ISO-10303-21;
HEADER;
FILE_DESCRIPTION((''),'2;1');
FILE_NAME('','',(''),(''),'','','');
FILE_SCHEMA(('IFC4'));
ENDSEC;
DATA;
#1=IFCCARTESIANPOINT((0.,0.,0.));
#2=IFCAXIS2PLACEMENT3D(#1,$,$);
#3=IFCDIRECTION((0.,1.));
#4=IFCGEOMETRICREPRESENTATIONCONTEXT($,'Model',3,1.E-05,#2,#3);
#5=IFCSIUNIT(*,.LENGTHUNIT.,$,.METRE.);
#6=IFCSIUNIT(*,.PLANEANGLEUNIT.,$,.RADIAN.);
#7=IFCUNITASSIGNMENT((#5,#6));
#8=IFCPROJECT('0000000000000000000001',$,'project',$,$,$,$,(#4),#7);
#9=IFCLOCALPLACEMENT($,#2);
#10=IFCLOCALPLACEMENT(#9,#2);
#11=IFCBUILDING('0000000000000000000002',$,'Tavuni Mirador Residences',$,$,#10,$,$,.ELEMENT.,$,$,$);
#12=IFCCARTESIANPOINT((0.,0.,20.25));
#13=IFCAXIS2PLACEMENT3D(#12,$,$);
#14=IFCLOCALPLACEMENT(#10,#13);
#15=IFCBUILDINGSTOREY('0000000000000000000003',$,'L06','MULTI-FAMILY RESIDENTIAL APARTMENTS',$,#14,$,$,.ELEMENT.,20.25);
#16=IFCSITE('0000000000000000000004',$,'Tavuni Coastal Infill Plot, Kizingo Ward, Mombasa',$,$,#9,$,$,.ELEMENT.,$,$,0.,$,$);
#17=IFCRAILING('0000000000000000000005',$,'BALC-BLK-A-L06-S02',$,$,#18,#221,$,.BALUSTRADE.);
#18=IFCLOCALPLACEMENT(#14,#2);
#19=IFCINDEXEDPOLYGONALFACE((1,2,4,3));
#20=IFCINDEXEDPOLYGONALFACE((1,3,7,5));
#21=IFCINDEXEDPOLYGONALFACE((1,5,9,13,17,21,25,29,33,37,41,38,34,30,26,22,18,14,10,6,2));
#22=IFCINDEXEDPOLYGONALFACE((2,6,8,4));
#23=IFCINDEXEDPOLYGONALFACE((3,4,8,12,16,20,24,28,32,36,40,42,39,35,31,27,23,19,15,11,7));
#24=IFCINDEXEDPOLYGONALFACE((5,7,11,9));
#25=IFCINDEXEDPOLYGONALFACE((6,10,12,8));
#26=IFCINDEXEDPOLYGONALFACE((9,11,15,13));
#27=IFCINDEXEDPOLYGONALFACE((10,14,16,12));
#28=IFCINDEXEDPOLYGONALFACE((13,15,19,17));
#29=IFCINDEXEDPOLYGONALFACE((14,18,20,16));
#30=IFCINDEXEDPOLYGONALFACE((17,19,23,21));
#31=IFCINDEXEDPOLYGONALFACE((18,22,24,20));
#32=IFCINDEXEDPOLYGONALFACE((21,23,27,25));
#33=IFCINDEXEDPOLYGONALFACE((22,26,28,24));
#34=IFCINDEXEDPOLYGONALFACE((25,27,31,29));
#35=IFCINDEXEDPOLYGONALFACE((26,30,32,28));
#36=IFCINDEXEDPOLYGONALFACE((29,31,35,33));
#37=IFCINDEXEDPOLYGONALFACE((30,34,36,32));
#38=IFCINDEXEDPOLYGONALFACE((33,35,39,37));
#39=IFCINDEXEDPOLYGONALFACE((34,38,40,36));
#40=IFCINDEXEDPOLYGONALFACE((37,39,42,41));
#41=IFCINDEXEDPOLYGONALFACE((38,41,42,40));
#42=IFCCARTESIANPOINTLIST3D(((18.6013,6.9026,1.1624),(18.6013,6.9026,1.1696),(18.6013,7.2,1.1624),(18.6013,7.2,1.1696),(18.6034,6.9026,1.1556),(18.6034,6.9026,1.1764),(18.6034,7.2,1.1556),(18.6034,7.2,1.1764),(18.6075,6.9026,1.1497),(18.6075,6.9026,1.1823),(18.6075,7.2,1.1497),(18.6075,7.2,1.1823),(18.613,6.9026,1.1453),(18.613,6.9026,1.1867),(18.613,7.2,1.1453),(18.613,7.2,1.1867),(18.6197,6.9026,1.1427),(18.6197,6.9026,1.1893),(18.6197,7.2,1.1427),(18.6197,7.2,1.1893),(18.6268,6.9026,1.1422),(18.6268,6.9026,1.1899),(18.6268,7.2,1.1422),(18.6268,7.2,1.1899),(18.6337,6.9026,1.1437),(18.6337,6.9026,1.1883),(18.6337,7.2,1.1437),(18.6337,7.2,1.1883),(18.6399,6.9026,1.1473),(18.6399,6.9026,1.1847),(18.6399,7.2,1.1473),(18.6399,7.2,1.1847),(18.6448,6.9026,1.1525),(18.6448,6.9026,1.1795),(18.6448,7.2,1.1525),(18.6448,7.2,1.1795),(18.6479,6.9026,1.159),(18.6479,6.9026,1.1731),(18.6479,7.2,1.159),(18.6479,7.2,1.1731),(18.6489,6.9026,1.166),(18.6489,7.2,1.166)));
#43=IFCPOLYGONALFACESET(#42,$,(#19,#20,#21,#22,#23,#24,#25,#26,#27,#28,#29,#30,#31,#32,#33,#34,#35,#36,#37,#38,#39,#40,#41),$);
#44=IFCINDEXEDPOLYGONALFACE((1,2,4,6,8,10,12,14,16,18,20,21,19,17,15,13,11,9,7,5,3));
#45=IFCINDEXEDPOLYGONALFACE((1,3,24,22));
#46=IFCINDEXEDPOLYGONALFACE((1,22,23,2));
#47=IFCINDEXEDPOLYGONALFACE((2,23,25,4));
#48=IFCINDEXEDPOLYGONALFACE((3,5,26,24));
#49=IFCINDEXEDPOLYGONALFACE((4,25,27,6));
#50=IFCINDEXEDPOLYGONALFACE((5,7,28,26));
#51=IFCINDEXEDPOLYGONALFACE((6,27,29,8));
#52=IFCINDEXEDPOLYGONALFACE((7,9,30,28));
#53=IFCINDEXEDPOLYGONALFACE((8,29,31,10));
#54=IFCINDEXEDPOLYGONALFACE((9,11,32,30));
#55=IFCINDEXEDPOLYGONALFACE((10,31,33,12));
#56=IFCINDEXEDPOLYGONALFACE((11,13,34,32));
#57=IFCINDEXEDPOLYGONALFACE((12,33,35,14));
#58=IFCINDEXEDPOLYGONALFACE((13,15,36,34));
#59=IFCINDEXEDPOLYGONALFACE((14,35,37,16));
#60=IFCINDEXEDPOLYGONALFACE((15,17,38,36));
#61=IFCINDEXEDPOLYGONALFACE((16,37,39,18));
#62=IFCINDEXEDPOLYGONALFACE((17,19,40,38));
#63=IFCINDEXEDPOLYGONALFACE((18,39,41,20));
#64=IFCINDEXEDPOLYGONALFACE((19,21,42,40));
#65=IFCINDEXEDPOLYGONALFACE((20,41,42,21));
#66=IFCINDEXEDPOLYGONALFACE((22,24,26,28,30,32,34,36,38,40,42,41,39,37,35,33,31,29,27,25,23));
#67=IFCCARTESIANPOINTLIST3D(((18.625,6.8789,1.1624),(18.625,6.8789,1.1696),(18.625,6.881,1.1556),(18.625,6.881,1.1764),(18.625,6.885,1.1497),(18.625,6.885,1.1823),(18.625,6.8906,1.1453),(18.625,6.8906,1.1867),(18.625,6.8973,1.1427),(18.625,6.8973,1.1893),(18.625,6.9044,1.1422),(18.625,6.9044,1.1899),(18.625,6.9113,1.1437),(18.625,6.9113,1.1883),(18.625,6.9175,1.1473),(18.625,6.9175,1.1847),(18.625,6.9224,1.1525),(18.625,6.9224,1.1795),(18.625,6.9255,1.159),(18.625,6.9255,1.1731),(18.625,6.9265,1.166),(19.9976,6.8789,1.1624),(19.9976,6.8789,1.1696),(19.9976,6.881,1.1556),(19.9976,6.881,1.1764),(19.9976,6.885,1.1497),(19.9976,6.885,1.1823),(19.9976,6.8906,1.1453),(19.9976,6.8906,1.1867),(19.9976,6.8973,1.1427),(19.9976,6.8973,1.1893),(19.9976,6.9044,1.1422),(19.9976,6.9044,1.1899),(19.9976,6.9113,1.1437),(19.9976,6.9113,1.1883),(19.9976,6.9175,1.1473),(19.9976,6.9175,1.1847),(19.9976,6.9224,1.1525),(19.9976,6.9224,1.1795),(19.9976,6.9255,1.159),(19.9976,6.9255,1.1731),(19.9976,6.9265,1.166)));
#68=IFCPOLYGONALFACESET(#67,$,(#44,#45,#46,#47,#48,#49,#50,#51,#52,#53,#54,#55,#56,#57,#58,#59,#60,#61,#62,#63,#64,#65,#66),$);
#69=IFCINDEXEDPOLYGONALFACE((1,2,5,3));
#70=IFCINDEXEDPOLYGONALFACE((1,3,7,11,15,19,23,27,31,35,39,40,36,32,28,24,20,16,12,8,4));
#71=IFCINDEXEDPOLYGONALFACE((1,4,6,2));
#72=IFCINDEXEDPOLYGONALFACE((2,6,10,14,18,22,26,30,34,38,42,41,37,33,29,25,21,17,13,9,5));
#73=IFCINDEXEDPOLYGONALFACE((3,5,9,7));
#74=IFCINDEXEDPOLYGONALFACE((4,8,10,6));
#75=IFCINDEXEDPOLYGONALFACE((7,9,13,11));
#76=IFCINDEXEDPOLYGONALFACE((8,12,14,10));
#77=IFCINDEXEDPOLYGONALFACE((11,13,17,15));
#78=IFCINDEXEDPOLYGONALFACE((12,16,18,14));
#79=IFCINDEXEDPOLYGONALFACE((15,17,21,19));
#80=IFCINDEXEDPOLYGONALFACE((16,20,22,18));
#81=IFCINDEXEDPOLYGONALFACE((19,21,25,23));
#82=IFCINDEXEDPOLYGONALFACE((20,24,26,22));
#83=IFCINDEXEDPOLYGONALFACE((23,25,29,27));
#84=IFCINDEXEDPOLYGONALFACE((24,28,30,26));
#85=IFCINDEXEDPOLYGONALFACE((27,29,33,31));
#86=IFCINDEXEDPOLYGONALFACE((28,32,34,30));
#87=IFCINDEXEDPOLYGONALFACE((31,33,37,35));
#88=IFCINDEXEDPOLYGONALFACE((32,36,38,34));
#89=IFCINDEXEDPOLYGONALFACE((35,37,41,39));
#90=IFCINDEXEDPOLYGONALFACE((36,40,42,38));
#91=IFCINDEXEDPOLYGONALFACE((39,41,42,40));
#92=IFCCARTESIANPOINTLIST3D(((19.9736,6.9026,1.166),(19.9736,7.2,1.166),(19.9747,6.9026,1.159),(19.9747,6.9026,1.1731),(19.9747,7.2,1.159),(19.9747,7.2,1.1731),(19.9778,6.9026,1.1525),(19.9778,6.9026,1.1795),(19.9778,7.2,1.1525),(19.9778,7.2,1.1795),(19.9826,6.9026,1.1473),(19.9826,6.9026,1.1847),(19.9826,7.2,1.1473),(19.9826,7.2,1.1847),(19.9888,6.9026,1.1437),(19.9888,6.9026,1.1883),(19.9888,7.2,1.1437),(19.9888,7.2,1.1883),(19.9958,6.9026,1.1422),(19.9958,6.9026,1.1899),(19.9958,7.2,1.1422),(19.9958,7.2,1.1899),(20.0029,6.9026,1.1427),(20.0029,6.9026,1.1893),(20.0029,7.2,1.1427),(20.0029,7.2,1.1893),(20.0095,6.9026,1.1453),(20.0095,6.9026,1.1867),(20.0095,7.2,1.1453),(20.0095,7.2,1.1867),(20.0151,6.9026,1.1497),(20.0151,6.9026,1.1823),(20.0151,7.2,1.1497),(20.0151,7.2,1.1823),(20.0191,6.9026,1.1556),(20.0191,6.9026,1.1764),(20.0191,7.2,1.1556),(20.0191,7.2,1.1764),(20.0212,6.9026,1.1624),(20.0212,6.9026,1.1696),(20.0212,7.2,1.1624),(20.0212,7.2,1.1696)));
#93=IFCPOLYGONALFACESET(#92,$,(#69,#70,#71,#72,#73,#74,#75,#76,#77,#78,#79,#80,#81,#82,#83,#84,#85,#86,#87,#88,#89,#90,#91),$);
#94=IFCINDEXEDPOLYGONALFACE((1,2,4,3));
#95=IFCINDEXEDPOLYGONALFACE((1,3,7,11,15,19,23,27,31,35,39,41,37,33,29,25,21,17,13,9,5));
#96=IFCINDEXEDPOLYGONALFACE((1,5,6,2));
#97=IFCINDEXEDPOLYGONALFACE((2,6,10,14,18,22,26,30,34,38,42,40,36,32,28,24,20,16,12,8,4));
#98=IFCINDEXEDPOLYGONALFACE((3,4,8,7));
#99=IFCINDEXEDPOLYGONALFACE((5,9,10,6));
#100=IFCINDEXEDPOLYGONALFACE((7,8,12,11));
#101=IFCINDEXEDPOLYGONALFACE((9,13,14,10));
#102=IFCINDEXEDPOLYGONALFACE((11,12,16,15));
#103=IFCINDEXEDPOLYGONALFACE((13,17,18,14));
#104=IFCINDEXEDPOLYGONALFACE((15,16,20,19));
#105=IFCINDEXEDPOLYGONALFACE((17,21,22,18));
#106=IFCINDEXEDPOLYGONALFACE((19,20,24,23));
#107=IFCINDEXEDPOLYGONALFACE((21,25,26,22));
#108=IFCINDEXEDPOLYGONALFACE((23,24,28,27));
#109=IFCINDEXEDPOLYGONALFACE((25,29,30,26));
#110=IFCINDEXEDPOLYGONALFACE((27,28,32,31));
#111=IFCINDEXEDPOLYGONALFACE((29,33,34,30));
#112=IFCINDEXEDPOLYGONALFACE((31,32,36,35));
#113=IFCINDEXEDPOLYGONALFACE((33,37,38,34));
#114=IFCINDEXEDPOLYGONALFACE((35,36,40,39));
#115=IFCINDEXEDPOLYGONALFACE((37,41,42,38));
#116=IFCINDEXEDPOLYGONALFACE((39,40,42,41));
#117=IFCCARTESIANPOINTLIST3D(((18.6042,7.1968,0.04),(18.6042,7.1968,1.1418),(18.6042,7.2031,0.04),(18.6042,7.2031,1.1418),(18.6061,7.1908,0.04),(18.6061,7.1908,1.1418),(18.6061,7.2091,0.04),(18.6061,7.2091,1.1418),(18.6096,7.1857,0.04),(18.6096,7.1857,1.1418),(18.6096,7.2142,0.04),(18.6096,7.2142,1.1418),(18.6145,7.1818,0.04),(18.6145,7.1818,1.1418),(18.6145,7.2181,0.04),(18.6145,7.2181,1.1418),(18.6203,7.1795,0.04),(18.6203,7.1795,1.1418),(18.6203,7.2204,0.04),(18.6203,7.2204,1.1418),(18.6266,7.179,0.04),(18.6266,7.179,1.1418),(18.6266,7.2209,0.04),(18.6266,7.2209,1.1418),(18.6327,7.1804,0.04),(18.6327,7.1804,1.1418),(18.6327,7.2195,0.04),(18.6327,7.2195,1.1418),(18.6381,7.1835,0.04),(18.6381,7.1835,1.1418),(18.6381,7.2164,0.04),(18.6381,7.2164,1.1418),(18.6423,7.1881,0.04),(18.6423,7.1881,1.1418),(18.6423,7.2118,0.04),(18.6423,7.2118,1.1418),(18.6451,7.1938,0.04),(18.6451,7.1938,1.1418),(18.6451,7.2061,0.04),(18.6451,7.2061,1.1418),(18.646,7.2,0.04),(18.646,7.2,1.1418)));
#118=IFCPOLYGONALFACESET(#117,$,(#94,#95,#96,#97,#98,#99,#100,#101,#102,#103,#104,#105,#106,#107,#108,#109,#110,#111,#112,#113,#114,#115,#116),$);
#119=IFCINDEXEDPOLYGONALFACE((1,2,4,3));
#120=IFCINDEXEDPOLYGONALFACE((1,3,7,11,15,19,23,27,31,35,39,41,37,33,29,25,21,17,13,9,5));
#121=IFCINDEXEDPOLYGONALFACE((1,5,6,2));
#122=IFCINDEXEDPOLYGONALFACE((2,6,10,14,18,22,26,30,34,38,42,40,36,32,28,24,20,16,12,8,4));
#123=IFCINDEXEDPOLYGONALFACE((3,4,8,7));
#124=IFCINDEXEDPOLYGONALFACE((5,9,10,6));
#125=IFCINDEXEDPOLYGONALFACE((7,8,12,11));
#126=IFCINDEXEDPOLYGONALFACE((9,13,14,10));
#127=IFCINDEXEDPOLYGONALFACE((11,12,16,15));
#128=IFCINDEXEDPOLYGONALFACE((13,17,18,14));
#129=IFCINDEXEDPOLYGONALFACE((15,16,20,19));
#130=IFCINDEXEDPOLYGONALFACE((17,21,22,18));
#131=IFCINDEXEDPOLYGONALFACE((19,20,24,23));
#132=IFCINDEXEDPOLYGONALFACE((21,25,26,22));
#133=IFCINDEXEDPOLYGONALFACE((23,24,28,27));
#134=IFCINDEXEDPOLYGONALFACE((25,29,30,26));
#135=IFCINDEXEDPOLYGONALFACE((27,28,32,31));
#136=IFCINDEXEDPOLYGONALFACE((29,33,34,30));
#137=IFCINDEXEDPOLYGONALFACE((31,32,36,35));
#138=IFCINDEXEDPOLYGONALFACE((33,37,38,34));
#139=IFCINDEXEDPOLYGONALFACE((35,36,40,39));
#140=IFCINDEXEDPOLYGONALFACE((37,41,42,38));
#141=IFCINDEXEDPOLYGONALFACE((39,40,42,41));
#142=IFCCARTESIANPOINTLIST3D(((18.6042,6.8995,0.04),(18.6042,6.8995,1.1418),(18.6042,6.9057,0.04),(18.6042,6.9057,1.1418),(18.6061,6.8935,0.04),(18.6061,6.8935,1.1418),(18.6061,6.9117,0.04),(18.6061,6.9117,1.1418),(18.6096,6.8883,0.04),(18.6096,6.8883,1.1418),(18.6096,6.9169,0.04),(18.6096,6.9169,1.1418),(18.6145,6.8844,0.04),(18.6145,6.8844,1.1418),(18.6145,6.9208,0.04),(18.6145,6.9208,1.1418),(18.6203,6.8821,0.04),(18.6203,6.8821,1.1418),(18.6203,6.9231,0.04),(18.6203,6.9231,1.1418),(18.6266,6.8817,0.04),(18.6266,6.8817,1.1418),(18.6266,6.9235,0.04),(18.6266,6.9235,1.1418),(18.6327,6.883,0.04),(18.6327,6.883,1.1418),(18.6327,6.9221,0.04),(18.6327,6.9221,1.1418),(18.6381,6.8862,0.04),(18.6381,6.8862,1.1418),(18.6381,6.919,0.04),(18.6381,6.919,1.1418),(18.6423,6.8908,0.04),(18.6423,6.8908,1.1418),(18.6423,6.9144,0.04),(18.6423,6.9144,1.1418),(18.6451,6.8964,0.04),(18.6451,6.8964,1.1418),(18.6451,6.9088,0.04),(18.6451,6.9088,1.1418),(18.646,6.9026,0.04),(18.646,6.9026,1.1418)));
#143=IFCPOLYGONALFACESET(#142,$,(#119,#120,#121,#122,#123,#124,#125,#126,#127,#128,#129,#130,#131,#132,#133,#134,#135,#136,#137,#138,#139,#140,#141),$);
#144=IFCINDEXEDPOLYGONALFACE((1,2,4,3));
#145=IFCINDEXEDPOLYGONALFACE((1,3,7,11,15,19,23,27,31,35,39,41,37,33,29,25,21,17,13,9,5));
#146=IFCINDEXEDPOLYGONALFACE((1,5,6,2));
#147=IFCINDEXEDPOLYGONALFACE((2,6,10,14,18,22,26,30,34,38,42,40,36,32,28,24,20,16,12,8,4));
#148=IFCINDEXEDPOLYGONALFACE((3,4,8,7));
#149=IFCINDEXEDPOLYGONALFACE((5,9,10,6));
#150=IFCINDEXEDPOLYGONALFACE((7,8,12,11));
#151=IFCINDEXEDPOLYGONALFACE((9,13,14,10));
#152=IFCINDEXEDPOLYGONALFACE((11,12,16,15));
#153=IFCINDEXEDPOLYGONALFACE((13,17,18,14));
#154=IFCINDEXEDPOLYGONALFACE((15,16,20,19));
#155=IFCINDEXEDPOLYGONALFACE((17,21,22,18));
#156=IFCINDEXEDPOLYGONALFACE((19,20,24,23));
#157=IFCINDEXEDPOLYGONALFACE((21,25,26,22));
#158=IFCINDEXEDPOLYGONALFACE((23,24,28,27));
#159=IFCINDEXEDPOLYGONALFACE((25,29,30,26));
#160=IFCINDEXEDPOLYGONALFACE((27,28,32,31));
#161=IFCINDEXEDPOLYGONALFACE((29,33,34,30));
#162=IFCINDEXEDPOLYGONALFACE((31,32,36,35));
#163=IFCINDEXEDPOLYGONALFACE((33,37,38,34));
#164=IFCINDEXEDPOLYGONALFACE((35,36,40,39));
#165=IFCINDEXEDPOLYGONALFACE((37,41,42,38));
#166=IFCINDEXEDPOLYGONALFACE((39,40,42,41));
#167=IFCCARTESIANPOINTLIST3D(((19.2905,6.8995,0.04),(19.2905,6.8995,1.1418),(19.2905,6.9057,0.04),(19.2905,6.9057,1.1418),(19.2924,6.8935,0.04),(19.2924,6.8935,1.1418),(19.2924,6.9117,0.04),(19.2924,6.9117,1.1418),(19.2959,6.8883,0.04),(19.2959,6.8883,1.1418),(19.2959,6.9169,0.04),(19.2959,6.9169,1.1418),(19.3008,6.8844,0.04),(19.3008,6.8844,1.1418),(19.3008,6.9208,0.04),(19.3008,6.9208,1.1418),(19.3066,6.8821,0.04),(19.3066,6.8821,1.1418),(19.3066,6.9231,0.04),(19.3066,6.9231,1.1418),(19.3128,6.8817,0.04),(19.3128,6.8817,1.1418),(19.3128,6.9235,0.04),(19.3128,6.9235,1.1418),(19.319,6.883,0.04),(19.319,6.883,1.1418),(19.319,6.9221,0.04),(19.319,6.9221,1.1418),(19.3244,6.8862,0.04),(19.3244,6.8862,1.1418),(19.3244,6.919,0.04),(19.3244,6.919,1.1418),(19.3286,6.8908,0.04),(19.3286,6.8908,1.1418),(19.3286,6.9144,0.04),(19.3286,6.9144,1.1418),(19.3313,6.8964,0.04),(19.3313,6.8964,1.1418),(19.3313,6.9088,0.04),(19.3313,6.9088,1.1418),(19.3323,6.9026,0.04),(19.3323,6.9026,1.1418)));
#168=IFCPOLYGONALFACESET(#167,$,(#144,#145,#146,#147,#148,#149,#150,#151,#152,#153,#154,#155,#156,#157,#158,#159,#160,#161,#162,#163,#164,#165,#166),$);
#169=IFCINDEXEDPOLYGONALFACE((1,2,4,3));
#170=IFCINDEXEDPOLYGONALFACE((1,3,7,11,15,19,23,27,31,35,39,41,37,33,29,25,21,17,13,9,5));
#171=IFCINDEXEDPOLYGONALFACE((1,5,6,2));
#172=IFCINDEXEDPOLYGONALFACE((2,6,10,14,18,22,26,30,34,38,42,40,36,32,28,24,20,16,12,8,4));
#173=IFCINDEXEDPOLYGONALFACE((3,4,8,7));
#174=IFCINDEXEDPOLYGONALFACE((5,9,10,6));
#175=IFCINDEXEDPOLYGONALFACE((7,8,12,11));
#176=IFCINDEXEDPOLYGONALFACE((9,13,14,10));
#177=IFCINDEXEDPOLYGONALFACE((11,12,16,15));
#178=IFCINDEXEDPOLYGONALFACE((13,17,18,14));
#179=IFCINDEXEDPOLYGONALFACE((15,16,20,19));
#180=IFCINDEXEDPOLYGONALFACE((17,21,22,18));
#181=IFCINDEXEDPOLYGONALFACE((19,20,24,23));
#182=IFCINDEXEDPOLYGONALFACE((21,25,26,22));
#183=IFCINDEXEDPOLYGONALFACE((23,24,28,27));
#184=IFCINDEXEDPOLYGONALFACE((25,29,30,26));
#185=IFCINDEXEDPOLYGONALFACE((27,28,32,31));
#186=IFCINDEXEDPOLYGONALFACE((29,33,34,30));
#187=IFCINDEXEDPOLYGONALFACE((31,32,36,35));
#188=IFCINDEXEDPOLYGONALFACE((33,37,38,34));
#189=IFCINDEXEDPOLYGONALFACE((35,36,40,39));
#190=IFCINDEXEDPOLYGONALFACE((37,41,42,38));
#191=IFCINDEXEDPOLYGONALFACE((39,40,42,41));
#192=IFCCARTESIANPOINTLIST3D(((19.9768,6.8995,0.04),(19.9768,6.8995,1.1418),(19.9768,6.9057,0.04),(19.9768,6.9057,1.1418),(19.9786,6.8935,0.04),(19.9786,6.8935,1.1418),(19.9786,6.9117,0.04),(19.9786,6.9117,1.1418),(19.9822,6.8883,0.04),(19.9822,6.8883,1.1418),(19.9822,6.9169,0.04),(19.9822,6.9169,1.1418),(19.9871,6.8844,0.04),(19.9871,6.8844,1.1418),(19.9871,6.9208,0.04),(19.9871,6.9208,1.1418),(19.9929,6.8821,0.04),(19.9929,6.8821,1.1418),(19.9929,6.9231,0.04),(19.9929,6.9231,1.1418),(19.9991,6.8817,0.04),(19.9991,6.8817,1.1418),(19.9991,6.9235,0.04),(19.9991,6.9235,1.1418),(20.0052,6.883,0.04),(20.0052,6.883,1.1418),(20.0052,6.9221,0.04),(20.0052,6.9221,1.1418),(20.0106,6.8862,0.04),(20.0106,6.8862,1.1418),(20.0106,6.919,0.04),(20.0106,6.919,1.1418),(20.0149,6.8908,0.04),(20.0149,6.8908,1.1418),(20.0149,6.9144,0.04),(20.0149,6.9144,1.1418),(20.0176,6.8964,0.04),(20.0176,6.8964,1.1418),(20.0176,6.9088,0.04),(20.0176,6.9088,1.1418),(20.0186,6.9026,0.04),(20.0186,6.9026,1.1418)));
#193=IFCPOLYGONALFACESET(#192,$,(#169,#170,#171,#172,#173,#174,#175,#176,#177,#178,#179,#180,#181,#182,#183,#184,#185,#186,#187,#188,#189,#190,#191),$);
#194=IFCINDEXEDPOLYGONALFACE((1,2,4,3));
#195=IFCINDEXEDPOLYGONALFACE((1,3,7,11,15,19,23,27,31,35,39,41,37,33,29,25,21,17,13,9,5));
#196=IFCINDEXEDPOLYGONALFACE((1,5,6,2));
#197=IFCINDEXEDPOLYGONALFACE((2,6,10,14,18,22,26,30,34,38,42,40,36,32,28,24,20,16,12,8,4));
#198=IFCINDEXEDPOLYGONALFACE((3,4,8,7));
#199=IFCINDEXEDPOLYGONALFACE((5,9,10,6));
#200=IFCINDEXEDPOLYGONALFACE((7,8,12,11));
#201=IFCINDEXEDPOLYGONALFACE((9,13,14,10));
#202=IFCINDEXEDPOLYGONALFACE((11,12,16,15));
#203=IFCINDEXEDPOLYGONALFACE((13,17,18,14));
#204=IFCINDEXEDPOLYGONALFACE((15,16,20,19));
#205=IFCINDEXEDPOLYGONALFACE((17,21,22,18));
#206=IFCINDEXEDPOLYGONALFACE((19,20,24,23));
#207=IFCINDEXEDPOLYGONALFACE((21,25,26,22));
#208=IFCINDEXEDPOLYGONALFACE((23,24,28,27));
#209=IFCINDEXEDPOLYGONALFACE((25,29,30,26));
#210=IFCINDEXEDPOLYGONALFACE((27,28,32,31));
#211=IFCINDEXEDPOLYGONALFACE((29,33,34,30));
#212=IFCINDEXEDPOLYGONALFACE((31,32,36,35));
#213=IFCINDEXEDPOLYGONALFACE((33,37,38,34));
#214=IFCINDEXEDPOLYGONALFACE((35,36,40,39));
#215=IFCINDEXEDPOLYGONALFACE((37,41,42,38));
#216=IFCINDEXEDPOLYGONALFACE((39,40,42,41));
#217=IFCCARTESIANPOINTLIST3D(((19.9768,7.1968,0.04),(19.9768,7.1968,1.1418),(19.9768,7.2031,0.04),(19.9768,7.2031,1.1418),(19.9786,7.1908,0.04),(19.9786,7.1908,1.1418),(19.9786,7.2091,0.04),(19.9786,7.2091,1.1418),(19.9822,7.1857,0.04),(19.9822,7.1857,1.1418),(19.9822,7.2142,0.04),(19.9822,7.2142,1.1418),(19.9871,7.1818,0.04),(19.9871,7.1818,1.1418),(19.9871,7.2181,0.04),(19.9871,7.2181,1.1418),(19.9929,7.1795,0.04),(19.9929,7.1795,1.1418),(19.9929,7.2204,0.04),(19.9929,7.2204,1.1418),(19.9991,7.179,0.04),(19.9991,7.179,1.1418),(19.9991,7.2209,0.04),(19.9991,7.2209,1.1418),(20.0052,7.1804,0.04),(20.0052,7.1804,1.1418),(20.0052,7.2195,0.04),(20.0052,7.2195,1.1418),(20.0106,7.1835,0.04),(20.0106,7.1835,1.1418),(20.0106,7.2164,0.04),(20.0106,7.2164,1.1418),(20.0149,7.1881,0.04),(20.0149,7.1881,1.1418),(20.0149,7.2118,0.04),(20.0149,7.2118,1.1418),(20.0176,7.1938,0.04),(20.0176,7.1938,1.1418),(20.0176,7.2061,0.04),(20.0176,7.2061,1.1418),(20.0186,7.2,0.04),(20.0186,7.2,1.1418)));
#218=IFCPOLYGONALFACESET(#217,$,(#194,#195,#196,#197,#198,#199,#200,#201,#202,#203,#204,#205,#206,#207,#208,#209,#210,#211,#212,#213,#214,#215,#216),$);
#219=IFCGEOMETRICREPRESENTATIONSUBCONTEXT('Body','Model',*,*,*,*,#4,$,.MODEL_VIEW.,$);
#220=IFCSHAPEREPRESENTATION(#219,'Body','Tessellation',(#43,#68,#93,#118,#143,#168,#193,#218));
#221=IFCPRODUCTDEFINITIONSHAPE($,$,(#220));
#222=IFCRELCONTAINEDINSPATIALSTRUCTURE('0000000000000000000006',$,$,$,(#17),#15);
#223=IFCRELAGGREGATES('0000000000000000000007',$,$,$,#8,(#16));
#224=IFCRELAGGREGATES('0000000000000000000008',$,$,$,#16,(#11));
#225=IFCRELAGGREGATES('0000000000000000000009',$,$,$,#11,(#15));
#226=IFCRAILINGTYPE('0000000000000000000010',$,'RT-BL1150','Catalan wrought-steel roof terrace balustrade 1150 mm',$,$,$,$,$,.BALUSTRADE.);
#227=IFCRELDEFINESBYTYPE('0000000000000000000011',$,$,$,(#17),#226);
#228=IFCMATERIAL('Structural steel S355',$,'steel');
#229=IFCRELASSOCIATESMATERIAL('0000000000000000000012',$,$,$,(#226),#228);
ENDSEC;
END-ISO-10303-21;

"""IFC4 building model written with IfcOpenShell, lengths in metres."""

from ifc_helpers import new_model, si_unit, direction, frame, origin, origin_2d, place, context, subcontext, project, spatial, circle, extrude, material, type_object, element, save


model = new_model("IFC4")

# Units and contexts
model_context = context("Model", 3, precision=1e-05, world=origin(), true_north=direction((0.0, 1.0)))
body_context = subcontext(model_context, "Body", "Model", "MODEL_VIEW")
ifc_project = project(units=[si_unit("LENGTHUNIT", "METRE"), si_unit("PLANEANGLEUNIT", "RADIAN")], contexts=[model_context])

# Site, building, storey
site_placement = place(None, origin())
site = spatial("IfcSite", under=ifc_project, at=site_placement, Name="Tavuni Coastal Infill Plot, Kizingo Ward, Mombasa", CompositionType="ELEMENT", RefElevation=0.0)
building_placement = place(site_placement, origin())
building = spatial("IfcBuilding", under=site, at=building_placement, Name="Tavuni Mirador Residences", CompositionType="ELEMENT")
storey_placement = place(building_placement, frame((0.0, 0.0, 20.25)))
storey = spatial("IfcBuildingStorey", under=building, at=storey_placement, Name="L06", Description="MULTI-FAMILY RESIDENTIAL APARTMENTS", CompositionType="ELEMENT", Elevation=20.25)

# Railing
ifc_material_1 = material(Name="Structural steel S355", Category="steel")
railing_type = type_object("IfcRailingType", Name="RT-BL1150", Description="Catalan wrought-steel roof terrace balustrade 1150 mm", PredefinedType="BALUSTRADE", material=ifc_material_1)
railing_placement = place(storey_placement, frame((18.625, 7.2, 0.04)))
element("IfcRailing", 1, at=railing_placement, inside=storey, type_object=railing_type, Name="BALC-BLK-A-L06-S02", PredefinedType="BALUSTRADE", context=body_context, shape_type="SweptSolid", body=[
    extrude(circle(Radius=0.0239, at=origin_2d()), frame((0.0, 0.0, 1.126), z_axis=(0.0, -1.0, 0.0), x_axis=(1.0, 0.0, 0.0)), (0.0, 0.0, 1.0), 0.2974),
    extrude(circle(Radius=0.0239, at=origin_2d()), frame((0.0, -0.2974, 1.126), z_axis=(1.0, 0.0, 0.0), x_axis=(0.0, 1.0, 0.0)), (0.0, 0.0, 1.0), 1.3726),
    extrude(circle(Radius=0.0239, at=origin_2d()), frame((1.3726, -0.2974, 1.126), z_axis=(0.0, 1.0, 0.0), x_axis=(-1.0, 0.0, 0.0)), (0.0, 0.0, 1.0), 0.2974),
    extrude(circle(Radius=0.021, at=origin_2d()), origin(), (0.0, 0.0, 1.0), 1.1018),
    extrude(circle(Radius=0.021, at=origin_2d()), frame((0.0, -0.2974, 0.0)), (0.0, 0.0, 1.0), 1.1018),
    extrude(circle(Radius=0.021, at=origin_2d()), frame((0.6863, -0.2974, 0.0)), (0.0, 0.0, 1.0), 1.1018),
    extrude(circle(Radius=0.021, at=origin_2d()), frame((1.3726, -0.2974, 0.0)), (0.0, 0.0, 1.0), 1.1018),
    extrude(circle(Radius=0.021, at=origin_2d()), frame((1.3726, 0.0, 0.0)), (0.0, 0.0, 1.0), 1.1018),
])

save(model, "model.ifc")
